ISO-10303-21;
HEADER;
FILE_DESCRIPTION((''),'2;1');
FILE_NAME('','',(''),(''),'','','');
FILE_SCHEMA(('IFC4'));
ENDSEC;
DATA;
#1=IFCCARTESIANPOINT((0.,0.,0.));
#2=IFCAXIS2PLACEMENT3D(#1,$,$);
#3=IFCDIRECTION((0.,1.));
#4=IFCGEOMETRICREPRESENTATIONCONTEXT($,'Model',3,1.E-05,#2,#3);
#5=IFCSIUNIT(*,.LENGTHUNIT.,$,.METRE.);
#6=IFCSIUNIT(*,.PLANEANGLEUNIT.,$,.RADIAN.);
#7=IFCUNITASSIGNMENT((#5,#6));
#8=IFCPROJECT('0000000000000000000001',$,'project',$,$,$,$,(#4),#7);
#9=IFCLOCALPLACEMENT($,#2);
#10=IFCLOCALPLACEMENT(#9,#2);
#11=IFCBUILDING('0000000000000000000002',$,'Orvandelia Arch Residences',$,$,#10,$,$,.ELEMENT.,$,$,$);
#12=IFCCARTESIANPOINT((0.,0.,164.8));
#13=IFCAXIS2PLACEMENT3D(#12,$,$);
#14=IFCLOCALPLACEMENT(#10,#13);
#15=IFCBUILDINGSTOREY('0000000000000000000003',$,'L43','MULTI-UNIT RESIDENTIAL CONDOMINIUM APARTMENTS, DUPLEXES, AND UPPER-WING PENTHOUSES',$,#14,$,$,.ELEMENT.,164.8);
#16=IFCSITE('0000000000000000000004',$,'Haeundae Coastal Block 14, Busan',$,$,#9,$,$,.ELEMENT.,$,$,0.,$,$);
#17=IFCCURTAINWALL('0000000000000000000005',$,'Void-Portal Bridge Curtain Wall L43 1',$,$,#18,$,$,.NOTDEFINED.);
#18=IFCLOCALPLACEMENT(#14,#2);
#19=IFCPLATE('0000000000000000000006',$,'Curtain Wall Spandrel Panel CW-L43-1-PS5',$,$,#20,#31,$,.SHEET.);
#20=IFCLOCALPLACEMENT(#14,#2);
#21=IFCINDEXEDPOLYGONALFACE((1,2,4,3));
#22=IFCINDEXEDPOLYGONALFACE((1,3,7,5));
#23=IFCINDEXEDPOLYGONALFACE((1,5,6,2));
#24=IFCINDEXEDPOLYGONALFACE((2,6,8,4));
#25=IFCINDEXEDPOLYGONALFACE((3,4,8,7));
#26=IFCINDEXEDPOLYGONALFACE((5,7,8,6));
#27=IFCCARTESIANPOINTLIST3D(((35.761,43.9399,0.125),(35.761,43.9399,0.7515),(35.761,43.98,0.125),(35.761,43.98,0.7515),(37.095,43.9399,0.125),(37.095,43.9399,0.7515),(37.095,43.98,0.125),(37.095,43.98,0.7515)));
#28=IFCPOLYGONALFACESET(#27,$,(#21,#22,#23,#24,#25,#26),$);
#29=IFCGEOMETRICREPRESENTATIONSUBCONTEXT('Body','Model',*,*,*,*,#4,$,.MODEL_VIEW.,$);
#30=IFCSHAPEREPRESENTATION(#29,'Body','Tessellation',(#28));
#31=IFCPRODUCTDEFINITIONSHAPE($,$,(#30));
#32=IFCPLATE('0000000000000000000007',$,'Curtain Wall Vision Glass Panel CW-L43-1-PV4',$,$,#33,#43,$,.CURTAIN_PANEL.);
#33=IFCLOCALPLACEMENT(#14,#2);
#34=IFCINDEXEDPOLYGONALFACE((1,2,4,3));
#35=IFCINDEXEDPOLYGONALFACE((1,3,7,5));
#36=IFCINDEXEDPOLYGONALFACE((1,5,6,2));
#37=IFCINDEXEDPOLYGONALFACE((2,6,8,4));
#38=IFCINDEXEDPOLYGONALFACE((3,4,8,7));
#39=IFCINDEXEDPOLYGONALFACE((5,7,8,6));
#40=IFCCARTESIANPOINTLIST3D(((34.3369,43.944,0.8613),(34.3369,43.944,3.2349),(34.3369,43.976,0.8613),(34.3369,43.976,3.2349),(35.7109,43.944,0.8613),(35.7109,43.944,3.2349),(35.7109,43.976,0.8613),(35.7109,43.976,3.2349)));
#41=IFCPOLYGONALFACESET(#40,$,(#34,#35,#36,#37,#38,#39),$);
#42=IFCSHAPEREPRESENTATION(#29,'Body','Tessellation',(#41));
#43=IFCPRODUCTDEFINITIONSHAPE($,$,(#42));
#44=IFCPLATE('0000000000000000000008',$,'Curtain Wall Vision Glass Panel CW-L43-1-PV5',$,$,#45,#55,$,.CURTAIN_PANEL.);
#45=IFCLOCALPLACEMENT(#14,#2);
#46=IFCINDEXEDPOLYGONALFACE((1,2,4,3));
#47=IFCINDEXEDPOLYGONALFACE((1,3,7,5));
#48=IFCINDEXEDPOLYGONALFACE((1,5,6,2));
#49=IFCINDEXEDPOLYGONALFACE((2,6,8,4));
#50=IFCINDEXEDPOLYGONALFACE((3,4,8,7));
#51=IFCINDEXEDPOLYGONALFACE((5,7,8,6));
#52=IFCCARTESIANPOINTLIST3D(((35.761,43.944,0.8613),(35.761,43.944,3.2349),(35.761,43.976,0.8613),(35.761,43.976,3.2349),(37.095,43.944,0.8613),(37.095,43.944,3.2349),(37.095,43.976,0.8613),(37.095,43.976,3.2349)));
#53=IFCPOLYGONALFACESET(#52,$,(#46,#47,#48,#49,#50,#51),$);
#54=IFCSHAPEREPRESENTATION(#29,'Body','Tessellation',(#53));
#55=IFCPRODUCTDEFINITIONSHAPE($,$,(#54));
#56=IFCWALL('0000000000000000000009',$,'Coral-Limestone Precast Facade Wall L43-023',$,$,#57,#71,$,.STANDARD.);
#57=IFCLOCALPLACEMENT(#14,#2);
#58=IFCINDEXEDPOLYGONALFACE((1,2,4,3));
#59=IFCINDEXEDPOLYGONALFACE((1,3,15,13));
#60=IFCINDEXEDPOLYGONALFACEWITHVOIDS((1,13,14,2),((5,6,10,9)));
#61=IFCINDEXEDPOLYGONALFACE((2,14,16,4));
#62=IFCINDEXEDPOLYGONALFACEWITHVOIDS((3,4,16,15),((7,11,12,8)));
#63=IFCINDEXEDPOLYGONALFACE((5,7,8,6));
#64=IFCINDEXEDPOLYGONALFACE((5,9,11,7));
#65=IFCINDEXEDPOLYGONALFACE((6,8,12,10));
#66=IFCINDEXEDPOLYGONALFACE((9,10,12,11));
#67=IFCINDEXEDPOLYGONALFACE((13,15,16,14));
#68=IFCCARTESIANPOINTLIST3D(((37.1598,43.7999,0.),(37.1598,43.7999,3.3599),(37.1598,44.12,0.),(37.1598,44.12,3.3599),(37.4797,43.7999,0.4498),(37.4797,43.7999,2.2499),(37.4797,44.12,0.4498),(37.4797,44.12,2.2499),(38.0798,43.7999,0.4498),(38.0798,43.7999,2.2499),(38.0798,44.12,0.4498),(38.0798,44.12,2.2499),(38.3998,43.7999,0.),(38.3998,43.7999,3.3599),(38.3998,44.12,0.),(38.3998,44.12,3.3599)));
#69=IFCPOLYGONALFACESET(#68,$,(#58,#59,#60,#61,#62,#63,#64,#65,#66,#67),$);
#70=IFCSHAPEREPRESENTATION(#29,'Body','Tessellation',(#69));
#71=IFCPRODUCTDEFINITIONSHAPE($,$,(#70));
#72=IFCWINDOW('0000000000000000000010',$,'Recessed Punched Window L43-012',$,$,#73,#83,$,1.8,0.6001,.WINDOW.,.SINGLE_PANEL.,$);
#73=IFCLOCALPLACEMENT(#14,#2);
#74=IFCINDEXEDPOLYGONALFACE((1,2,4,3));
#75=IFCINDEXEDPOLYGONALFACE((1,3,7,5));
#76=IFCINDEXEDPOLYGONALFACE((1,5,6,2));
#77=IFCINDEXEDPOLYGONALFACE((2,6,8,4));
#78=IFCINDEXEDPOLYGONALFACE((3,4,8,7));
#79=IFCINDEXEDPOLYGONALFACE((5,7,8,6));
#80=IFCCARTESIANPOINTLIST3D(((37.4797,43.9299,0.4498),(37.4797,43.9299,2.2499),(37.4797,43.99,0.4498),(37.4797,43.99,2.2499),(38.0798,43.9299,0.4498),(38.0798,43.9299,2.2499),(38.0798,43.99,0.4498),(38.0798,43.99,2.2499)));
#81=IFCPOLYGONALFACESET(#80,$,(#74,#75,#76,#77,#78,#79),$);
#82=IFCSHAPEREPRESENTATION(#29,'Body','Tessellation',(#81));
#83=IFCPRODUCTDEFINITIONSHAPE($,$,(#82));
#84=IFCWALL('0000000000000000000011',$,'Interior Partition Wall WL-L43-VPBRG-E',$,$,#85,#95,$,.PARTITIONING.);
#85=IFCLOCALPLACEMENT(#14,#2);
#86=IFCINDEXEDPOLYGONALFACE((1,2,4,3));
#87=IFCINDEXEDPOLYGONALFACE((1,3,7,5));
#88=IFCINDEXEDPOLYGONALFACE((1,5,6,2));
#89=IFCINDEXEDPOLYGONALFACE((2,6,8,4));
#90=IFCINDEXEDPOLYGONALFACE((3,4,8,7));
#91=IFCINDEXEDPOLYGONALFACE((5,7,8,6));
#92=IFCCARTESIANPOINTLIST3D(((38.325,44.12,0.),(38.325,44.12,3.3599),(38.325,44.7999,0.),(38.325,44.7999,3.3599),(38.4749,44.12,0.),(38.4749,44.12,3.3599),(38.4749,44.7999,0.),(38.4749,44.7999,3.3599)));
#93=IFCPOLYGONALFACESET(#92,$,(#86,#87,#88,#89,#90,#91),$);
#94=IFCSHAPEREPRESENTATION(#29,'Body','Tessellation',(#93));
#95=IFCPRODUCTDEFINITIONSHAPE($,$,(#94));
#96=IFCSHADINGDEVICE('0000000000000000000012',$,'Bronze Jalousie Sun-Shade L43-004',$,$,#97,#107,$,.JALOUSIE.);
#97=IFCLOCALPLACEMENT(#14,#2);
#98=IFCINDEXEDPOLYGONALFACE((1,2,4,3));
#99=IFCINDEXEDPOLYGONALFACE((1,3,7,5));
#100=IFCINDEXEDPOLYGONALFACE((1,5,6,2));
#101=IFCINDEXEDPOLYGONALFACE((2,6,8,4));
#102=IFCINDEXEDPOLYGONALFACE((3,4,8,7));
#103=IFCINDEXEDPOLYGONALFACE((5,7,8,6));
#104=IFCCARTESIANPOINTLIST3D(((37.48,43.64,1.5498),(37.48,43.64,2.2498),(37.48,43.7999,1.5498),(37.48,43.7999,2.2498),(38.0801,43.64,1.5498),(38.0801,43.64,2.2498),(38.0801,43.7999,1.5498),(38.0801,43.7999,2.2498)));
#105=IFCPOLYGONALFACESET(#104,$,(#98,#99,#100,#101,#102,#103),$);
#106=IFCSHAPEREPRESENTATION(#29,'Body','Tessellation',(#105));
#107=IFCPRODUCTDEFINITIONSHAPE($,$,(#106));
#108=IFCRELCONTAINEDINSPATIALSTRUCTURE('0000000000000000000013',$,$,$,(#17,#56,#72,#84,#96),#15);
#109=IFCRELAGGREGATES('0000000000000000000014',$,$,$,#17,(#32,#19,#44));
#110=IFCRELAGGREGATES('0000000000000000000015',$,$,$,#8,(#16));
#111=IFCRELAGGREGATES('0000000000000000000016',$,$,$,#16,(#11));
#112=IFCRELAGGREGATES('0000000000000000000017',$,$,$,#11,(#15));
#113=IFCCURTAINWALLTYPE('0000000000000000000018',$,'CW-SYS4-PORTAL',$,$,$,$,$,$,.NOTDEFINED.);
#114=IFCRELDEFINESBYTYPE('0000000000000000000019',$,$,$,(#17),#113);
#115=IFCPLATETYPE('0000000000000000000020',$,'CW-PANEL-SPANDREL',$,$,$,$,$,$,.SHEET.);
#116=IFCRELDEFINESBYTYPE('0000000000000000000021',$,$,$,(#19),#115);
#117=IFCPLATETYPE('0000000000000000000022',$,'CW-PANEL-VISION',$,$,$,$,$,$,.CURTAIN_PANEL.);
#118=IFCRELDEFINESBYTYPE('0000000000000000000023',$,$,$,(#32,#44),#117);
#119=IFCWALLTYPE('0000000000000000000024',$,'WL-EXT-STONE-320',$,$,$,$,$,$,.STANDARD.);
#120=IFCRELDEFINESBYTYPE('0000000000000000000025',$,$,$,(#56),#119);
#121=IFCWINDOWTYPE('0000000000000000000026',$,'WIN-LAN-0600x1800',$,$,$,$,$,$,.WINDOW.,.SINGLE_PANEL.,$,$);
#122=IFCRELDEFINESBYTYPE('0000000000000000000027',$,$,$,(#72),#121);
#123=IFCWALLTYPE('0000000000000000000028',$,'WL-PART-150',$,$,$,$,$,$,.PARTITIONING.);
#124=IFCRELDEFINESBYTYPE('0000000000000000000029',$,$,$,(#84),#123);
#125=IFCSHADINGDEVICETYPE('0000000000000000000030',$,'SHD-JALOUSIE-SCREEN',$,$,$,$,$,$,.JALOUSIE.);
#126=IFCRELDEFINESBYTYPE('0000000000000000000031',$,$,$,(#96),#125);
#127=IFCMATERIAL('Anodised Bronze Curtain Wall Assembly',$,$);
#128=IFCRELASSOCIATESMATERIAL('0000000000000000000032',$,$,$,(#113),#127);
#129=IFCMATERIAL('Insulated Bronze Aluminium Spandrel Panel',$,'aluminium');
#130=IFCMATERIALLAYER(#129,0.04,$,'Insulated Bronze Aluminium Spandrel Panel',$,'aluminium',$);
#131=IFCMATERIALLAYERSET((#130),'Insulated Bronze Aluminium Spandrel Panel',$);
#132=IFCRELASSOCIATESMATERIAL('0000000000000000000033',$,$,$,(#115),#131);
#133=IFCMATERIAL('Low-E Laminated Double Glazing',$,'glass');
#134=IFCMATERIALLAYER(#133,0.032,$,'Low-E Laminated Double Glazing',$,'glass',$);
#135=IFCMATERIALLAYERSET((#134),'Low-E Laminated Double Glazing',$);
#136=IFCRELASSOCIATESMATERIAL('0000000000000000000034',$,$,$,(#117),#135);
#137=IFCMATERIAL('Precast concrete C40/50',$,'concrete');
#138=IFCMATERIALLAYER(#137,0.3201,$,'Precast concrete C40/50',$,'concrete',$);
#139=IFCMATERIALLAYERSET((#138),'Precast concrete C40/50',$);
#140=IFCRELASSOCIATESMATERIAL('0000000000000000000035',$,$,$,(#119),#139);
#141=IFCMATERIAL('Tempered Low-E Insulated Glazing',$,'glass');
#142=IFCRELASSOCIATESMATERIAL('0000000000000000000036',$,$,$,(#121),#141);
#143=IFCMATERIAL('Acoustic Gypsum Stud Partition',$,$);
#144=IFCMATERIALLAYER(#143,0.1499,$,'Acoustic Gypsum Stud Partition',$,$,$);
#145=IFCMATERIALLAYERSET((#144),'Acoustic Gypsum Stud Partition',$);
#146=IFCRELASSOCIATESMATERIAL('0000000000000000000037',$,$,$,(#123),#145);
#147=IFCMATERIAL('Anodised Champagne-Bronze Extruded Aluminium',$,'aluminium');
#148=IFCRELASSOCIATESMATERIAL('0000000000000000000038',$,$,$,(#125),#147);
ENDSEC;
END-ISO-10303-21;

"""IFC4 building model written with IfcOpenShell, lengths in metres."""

from ifc_helpers import new_model, si_unit, direction, frame, frame_2d, origin, origin_2d, place, context, subcontext, project, spatial, rectangle, extrude, material, layer, layer_set, type_object, element, fill, aggregate, save


model = new_model("IFC4")

# Units and contexts
model_context = context("Model", 3, precision=1e-05, world=origin(), true_north=direction((0.0, 1.0)))
body_context = subcontext(model_context, "Body", "Model", "MODEL_VIEW")
ifc_project = project(units=[si_unit("LENGTHUNIT", "METRE"), si_unit("PLANEANGLEUNIT", "RADIAN")], contexts=[model_context])

# Site, building, storey
site_placement = place(None, origin())
site = spatial("IfcSite", under=ifc_project, at=site_placement, Name="Haeundae Coastal Block 14, Busan", CompositionType="ELEMENT", RefElevation=0.0)
building_placement = place(site_placement, origin())
building = spatial("IfcBuilding", under=site, at=building_placement, Name="Orvandelia Arch Residences", CompositionType="ELEMENT")
storey_placement = place(building_placement, frame((0.0, 0.0, 164.8)))
storey = spatial("IfcBuildingStorey", under=building, at=storey_placement, Name="L43", Description="MULTI-UNIT RESIDENTIAL CONDOMINIUM APARTMENTS, DUPLEXES, AND UPPER-WING PENTHOUSES", CompositionType="ELEMENT", Elevation=164.8)

# Curtain wall, plates
ifc_material_1 = material(Name="Anodised Bronze Curtain Wall Assembly")
curtain_wall_type = type_object("IfcCurtainWallType", Name="CW-SYS4-PORTAL", PredefinedType="NOTDEFINED", material=ifc_material_1)
curtain_wall_placement = place(storey_placement, origin())
curtain_wall = element("IfcCurtainWall", 1, at=curtain_wall_placement, inside=storey, type_object=curtain_wall_type, Name="Void-Portal Bridge Curtain Wall L43 1", PredefinedType="NOTDEFINED")
ifc_material_2 = material(Name="Insulated Bronze Aluminium Spandrel Panel", Category="aluminium")
ifc_layer_1 = layer(ifc_material_2, 0.04, Name="Insulated Bronze Aluminium Spandrel Panel", Category="aluminium")
ifc_layer_set_1 = layer_set([ifc_layer_1], Name="Insulated Bronze Aluminium Spandrel Panel")
plate_type_1 = type_object("IfcPlateType", Name="CW-PANEL-SPANDREL", PredefinedType="SHEET", material=ifc_layer_set_1)
plate_1_placement = place(storey_placement, frame((36.428, 43.96, 0.125), z_axis=(0.0, 0.0, 1.0), x_axis=(1.0, 0.0, 0.0)))
plate_1 = element("IfcPlate", 2, at=plate_1_placement, type_object=plate_type_1, Name="Curtain Wall Spandrel Panel CW-L43-1-PS5", PredefinedType="SHEET", context=body_context, shape_type="SweptSolid", body=[
    extrude(rectangle(XDim=1.334, YDim=0.04, at=origin_2d()), origin(), (0.0, 0.0, 1.0), 0.6265),
])
ifc_material_3 = material(Name="Low-E Laminated Double Glazing", Category="glass")
ifc_layer_2 = layer(ifc_material_3, 0.032, Name="Low-E Laminated Double Glazing", Category="glass")
ifc_layer_set_2 = layer_set([ifc_layer_2], Name="Low-E Laminated Double Glazing")
plate_type_2 = type_object("IfcPlateType", Name="CW-PANEL-VISION", PredefinedType="CURTAIN_PANEL", material=ifc_layer_set_2)
plate_2_placement = place(storey_placement, frame((35.0239, 43.96, 0.8613), z_axis=(0.0, 0.0, 1.0), x_axis=(1.0, 0.0, 0.0)))
plate_2 = element("IfcPlate", 3, at=plate_2_placement, type_object=plate_type_2, Name="Curtain Wall Vision Glass Panel CW-L43-1-PV4", PredefinedType="CURTAIN_PANEL", context=body_context, shape_type="SweptSolid", body=[
    extrude(rectangle(XDim=1.374, YDim=0.032, at=origin_2d()), origin(), (0.0, 0.0, 1.0), 2.3735),
])
plate_3_placement = place(storey_placement, frame((36.428, 43.96, 0.8613), z_axis=(0.0, 0.0, 1.0), x_axis=(1.0, 0.0, 0.0)))
plate_3 = element("IfcPlate", 4, at=plate_3_placement, type_object=plate_type_2, Name="Curtain Wall Vision Glass Panel CW-L43-1-PV5", PredefinedType="CURTAIN_PANEL", context=body_context, shape_type="SweptSolid", body=[
    extrude(rectangle(XDim=1.334, YDim=0.032, at=origin_2d()), origin(), (0.0, 0.0, 1.0), 2.3735),
])
aggregate(curtain_wall, [plate_2, plate_1, plate_3])

# Wall, opening, window
ifc_material_4 = material(Name="Precast concrete C40/50", Category="concrete")
ifc_layer_3 = layer(ifc_material_4, 0.3201, Name="Precast concrete C40/50", Category="concrete")
ifc_layer_set_3 = layer_set([ifc_layer_3], Name="Precast concrete C40/50")
wall_type_1 = type_object("IfcWallType", Name="WL-EXT-STONE-320", PredefinedType="STANDARD", material=ifc_layer_set_3)
wall_1_placement = place(storey_placement, frame((38.3999, 43.96, 0.0), z_axis=(0.0, 0.0, 1.0), x_axis=(-1.0, 0.0, 0.0)))
wall_1 = element("IfcWall", 5, at=wall_1_placement, inside=storey, type_object=wall_type_1, Name="Coral-Limestone Precast Facade Wall L43-023", PredefinedType="STANDARD", context=body_context, shape_type="SweptSolid", body=[
    extrude(rectangle(XDim=1.24, YDim=0.3201, at=frame_2d((0.6201, 0.0))), origin(), (0.0, 0.0, 1.0), 3.3599),
])
opening_placement = place(wall_1_placement, frame((0.3201, 0.0, 0.45)))
opening = element("IfcOpeningElement", 6, at=opening_placement, cuts=wall_1, PredefinedType="OPENING", context=body_context, shape_type="SweptSolid", body=[
    extrude(rectangle(XDim=0.6001, YDim=1.8, at=frame_2d((0.3, 0.8999))), frame((0.0, 0.1699, 0.0), z_axis=(0.0, -1.0, 0.0), x_axis=(1.0, 0.0, 0.0)), (0.0, 0.0, 1.0), 0.3401),
])
ifc_material_5 = material(Name="Tempered Low-E Insulated Glazing", Category="glass")
window_type = type_object("IfcWindowType", Name="WIN-LAN-0600x1800", PartitioningType="SINGLE_PANEL", PredefinedType="WINDOW", material=ifc_material_5)
window_placement = place(opening_placement, origin())
window = element("IfcWindow", 7, at=window_placement, inside=storey, type_object=window_type, Name="Recessed Punched Window L43-012", OverallHeight=1.8, OverallWidth=0.6001, PartitioningType="SINGLE_PANEL", PredefinedType="WINDOW", context=body_context, shape_type="SweptSolid", body=[
    extrude(rectangle(XDim=0.6001, YDim=1.8, at=frame_2d((0.3, 0.8999))), frame((0.0, 0.03, 0.0), z_axis=(0.0, -1.0, 0.0), x_axis=(1.0, 0.0, 0.0)), (0.0, 0.0, 1.0), 0.0601),
])
fill(opening, window)

# Wall
ifc_material_6 = material(Name="Acoustic Gypsum Stud Partition")
ifc_layer_4 = layer(ifc_material_6, 0.1499, Name="Acoustic Gypsum Stud Partition")
ifc_layer_set_4 = layer_set([ifc_layer_4], Name="Acoustic Gypsum Stud Partition")
wall_type_2 = type_object("IfcWallType", Name="WL-PART-150", PredefinedType="PARTITIONING", material=ifc_layer_set_4)
wall_2_placement = place(storey_placement, frame((38.3999, 44.1201, 0.0), z_axis=(0.0, 0.0, 1.0), x_axis=(0.0, 1.0, 0.0)))
element("IfcWall", 8, at=wall_2_placement, inside=storey, type_object=wall_type_2, Name="Interior Partition Wall WL-L43-VPBRG-E", PredefinedType="PARTITIONING", context=body_context, shape_type="SweptSolid", body=[
    extrude(rectangle(XDim=0.6799, YDim=0.1499, at=frame_2d((0.3398, 0.0))), origin(), (0.0, 0.0, 1.0), 3.3599),
])

# Shading device
ifc_material_7 = material(Name="Anodised Champagne-Bronze Extruded Aluminium", Category="aluminium")
shading_device_type = type_object("IfcShadingDeviceType", Name="SHD-JALOUSIE-SCREEN", PredefinedType="JALOUSIE", material=ifc_material_7)
shading_device_placement = place(storey_placement, frame((37.78, 43.72, 1.5498), z_axis=(0.0, 0.0, 1.0), x_axis=(-1.0, 0.0, 0.0)))
element("IfcShadingDevice", 9, at=shading_device_placement, inside=storey, type_object=shading_device_type, Name="Bronze Jalousie Sun-Shade L43-004", PredefinedType="JALOUSIE", context=body_context, shape_type="SweptSolid", body=[
    extrude(rectangle(XDim=0.6001, YDim=0.1599, at=origin_2d()), origin(), (0.0, 0.0, 1.0), 0.7),
])

save(model, "model.ifc")
